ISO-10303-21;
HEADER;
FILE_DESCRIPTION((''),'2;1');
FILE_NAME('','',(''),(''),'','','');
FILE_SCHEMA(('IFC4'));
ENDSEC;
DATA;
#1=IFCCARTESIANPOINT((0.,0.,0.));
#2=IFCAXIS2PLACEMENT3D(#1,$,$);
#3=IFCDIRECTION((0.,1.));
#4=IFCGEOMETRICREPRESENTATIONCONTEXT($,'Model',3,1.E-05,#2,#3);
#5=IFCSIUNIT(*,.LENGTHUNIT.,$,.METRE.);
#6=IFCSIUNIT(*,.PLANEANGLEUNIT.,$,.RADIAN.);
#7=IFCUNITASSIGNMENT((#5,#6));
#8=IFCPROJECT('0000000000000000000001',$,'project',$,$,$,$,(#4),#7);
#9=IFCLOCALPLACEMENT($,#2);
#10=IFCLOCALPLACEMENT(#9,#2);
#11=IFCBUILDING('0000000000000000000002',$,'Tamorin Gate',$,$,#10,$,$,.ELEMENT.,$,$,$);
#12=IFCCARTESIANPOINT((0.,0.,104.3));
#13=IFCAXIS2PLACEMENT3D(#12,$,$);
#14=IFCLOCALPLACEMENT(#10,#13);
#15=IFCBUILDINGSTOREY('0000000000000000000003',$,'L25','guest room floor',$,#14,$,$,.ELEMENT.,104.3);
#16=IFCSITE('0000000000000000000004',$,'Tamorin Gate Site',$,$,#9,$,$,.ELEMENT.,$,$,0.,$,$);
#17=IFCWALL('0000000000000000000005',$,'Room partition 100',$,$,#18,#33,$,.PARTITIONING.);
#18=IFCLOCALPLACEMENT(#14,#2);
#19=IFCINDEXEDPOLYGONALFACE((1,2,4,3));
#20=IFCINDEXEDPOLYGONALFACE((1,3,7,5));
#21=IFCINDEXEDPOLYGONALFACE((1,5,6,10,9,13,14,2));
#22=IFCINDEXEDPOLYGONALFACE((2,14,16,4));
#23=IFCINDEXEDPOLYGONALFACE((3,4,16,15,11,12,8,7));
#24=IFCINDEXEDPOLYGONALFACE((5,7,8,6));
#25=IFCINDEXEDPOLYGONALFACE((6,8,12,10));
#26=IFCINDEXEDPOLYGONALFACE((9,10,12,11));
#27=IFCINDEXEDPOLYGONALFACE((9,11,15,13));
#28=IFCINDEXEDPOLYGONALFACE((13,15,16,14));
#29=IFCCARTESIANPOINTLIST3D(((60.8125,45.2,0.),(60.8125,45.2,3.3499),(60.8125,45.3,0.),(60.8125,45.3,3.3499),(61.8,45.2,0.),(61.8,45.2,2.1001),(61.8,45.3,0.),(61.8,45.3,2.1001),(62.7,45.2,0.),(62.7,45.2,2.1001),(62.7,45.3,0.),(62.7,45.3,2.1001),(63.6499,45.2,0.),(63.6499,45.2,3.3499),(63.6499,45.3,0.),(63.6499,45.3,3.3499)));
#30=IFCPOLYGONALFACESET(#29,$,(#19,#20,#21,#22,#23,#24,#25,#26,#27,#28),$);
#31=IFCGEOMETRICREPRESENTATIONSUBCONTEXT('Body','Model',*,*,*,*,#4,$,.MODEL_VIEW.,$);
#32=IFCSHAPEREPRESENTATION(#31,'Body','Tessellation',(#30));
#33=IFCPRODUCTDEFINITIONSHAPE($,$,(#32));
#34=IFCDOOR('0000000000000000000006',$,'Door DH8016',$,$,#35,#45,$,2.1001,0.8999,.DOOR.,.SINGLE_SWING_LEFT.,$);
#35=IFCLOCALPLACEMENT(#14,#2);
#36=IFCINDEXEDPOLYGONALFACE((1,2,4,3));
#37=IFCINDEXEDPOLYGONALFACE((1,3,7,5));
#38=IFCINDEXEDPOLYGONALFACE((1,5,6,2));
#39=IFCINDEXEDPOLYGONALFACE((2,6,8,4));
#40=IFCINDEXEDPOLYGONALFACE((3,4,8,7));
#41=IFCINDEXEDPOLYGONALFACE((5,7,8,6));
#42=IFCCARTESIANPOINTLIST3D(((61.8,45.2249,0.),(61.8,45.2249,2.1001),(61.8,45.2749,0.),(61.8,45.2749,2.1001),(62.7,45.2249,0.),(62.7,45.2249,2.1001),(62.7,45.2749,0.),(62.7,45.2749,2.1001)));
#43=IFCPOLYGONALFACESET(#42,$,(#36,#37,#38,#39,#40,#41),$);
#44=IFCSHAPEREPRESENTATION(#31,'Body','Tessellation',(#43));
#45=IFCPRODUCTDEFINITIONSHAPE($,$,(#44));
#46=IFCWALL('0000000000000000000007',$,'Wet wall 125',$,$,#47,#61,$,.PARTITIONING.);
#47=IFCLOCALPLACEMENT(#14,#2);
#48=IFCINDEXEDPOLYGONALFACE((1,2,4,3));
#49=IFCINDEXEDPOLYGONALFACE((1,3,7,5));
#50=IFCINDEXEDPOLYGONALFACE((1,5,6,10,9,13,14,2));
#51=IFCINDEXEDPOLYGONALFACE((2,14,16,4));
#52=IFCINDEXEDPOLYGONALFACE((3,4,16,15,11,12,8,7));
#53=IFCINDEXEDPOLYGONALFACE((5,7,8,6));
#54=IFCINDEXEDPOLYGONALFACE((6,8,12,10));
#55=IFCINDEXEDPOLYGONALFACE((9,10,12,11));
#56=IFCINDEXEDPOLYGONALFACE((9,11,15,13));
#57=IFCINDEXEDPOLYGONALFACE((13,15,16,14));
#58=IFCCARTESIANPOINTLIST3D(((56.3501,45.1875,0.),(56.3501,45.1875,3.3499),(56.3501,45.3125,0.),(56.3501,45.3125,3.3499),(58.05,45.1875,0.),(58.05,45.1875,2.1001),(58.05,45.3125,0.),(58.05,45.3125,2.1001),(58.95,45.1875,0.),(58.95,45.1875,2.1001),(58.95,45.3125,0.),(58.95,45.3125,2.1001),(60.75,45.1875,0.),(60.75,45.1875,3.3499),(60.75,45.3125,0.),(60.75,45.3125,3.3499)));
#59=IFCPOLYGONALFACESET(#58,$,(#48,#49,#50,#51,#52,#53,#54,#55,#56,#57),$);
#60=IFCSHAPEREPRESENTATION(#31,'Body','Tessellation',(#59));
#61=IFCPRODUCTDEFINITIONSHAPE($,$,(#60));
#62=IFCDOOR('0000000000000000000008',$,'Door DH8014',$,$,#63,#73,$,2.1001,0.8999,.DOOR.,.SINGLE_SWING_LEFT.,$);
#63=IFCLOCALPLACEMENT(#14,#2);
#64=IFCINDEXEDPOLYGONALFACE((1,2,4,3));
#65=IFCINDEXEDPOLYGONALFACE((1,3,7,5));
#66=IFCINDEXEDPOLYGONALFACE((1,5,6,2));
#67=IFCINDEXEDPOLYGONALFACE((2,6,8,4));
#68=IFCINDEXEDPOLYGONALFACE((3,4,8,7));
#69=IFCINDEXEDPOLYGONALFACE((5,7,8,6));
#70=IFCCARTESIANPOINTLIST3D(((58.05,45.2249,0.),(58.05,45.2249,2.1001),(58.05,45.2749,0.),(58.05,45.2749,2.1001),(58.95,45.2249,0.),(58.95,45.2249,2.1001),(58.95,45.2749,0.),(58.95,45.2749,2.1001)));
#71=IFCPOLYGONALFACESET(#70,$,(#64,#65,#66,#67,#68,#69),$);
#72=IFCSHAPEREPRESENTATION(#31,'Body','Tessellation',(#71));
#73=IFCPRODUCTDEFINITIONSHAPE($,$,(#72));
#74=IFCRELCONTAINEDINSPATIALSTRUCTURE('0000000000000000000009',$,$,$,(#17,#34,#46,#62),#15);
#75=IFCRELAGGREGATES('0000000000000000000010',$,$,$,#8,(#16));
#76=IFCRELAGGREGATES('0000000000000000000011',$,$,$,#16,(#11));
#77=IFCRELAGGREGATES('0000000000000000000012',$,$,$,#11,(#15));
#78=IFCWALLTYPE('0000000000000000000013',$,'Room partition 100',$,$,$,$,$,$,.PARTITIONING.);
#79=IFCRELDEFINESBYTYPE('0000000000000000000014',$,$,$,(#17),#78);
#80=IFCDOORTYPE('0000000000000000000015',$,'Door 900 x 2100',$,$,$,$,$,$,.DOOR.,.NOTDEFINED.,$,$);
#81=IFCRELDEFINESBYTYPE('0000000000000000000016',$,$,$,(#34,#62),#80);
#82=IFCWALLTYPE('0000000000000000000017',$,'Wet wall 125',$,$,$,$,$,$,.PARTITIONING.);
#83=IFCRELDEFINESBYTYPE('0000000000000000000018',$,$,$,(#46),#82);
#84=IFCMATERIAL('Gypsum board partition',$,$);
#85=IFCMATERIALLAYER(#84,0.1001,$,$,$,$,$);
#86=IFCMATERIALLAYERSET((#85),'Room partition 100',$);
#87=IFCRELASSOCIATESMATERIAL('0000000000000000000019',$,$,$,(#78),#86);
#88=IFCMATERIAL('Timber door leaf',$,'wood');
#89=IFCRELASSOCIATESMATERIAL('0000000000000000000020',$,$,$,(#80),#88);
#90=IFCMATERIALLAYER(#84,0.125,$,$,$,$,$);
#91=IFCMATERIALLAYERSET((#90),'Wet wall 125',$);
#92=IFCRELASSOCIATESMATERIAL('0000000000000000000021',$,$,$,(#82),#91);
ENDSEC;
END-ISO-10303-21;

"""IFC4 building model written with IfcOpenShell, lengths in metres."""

from ifc_helpers import new_model, si_unit, direction, frame, frame_2d, origin, place, context, subcontext, project, spatial, rectangle, extrude, material, layer, layer_set, type_object, element, fill, save


model = new_model("IFC4")

# Units and contexts
model_context = context("Model", 3, precision=1e-05, world=origin(), true_north=direction((0.0, 1.0)))
body_context = subcontext(model_context, "Body", "Model", "MODEL_VIEW")
ifc_project = project(units=[si_unit("LENGTHUNIT", "METRE"), si_unit("PLANEANGLEUNIT", "RADIAN")], contexts=[model_context])

# Site, building, storey
site_placement = place(None, origin())
site = spatial("IfcSite", under=ifc_project, at=site_placement, Name="Tamorin Gate Site", CompositionType="ELEMENT", RefElevation=0.0)
building_placement = place(site_placement, origin())
building = spatial("IfcBuilding", under=site, at=building_placement, Name="Tamorin Gate", CompositionType="ELEMENT")
storey_placement = place(building_placement, frame((0.0, 0.0, 104.3)))
storey = spatial("IfcBuildingStorey", under=building, at=storey_placement, Name="L25", Description="guest room floor", CompositionType="ELEMENT", Elevation=104.3)

# Shared definitions
ifc_material_1 = material(Name="Gypsum board partition")

# Walls, openings, doors
ifc_layer_1 = layer(ifc_material_1, 0.1001)
ifc_layer_set_1 = layer_set([ifc_layer_1], Name="Room partition 100")
wall_type_1 = type_object("IfcWallType", Name="Room partition 100", PredefinedType="PARTITIONING", material=ifc_layer_set_1)
ifc_material_2 = material(Name="Timber door leaf", Category="wood")
door_type = type_object("IfcDoorType", Name="Door 900 x 2100", OperationType="NOTDEFINED", PredefinedType="DOOR", material=ifc_material_2)
wall_1_placement = place(storey_placement, frame((60.8125, 45.25, 0.0), z_axis=(0.0, 0.0, 1.0), x_axis=(1.0, 0.0, 0.0)))
wall_1 = element("IfcWall", 1, at=wall_1_placement, inside=storey, type_object=wall_type_1, Name="Room partition 100", PredefinedType="PARTITIONING", context=body_context, shape_type="SweptSolid", body=[
    extrude(rectangle(XDim=2.8374, YDim=0.1001, at=frame_2d((1.4187, 0.0))), origin(), (0.0, 0.0, 1.0), 3.3499),
])
opening_1_placement = place(wall_1_placement, frame((0.9875, 0.0, 0.0)))
opening_1 = element("IfcOpeningElement", 2, at=opening_1_placement, cuts=wall_1, PredefinedType="OPENING", context=body_context, shape_type="SweptSolid", body=[
    extrude(rectangle(XDim=0.8999, YDim=2.1001, at=frame_2d((0.45, 1.05))), frame((0.0, 0.0601, 0.0), z_axis=(0.0, -1.0, 0.0), x_axis=(1.0, 0.0, 0.0)), (0.0, 0.0, 1.0), 0.1201),
])
door_1_placement = place(opening_1_placement, origin())
door_1 = element("IfcDoor", 3, at=door_1_placement, inside=storey, type_object=door_type, Name="Door DH8016", OperationType="SINGLE_SWING_LEFT", OverallHeight=2.1001, OverallWidth=0.8999, PredefinedType="DOOR", context=body_context, shape_type="SweptSolid", body=[
    extrude(rectangle(XDim=0.8999, YDim=2.1001, at=frame_2d((0.45, 1.05))), frame((0.0, 0.0249, 0.0), z_axis=(0.0, -1.0, 0.0), x_axis=(1.0, 0.0, 0.0)), (0.0, 0.0, 1.0), 0.05),
])
fill(opening_1, door_1)
ifc_layer_2 = layer(ifc_material_1, 0.125)
ifc_layer_set_2 = layer_set([ifc_layer_2], Name="Wet wall 125")
wall_type_2 = type_object("IfcWallType", Name="Wet wall 125", PredefinedType="PARTITIONING", material=ifc_layer_set_2)
wall_2_placement = place(storey_placement, frame((56.3501, 45.25, 0.0), z_axis=(0.0, 0.0, 1.0), x_axis=(1.0, 0.0, 0.0)))
wall_2 = element("IfcWall", 4, at=wall_2_placement, inside=storey, type_object=wall_type_2, Name="Wet wall 125", PredefinedType="PARTITIONING", context=body_context, shape_type="SweptSolid", body=[
    extrude(rectangle(XDim=4.3999, YDim=0.125, at=frame_2d((2.2, 0.0))), origin(), (0.0, 0.0, 1.0), 3.3499),
])
opening_2_placement = place(wall_2_placement, frame((1.7, 0.0, 0.0)))
opening_2 = element("IfcOpeningElement", 5, at=opening_2_placement, cuts=wall_2, PredefinedType="OPENING", context=body_context, shape_type="SweptSolid", body=[
    extrude(rectangle(XDim=0.8999, YDim=2.1001, at=frame_2d((0.45, 1.05))), frame((0.0, 0.0725, 0.0), z_axis=(0.0, -1.0, 0.0), x_axis=(1.0, 0.0, 0.0)), (0.0, 0.0, 1.0), 0.145),
])
door_2_placement = place(opening_2_placement, origin())
door_2 = element("IfcDoor", 6, at=door_2_placement, inside=storey, type_object=door_type, Name="Door DH8014", OperationType="SINGLE_SWING_LEFT", OverallHeight=2.1001, OverallWidth=0.8999, PredefinedType="DOOR", context=body_context, shape_type="SweptSolid", body=[
    extrude(rectangle(XDim=0.8999, YDim=2.1001, at=frame_2d((0.45, 1.05))), frame((0.0, 0.0249, 0.0), z_axis=(0.0, -1.0, 0.0), x_axis=(1.0, 0.0, 0.0)), (0.0, 0.0, 1.0), 0.05),
])
fill(opening_2, door_2)

save(model, "model.ifc")
